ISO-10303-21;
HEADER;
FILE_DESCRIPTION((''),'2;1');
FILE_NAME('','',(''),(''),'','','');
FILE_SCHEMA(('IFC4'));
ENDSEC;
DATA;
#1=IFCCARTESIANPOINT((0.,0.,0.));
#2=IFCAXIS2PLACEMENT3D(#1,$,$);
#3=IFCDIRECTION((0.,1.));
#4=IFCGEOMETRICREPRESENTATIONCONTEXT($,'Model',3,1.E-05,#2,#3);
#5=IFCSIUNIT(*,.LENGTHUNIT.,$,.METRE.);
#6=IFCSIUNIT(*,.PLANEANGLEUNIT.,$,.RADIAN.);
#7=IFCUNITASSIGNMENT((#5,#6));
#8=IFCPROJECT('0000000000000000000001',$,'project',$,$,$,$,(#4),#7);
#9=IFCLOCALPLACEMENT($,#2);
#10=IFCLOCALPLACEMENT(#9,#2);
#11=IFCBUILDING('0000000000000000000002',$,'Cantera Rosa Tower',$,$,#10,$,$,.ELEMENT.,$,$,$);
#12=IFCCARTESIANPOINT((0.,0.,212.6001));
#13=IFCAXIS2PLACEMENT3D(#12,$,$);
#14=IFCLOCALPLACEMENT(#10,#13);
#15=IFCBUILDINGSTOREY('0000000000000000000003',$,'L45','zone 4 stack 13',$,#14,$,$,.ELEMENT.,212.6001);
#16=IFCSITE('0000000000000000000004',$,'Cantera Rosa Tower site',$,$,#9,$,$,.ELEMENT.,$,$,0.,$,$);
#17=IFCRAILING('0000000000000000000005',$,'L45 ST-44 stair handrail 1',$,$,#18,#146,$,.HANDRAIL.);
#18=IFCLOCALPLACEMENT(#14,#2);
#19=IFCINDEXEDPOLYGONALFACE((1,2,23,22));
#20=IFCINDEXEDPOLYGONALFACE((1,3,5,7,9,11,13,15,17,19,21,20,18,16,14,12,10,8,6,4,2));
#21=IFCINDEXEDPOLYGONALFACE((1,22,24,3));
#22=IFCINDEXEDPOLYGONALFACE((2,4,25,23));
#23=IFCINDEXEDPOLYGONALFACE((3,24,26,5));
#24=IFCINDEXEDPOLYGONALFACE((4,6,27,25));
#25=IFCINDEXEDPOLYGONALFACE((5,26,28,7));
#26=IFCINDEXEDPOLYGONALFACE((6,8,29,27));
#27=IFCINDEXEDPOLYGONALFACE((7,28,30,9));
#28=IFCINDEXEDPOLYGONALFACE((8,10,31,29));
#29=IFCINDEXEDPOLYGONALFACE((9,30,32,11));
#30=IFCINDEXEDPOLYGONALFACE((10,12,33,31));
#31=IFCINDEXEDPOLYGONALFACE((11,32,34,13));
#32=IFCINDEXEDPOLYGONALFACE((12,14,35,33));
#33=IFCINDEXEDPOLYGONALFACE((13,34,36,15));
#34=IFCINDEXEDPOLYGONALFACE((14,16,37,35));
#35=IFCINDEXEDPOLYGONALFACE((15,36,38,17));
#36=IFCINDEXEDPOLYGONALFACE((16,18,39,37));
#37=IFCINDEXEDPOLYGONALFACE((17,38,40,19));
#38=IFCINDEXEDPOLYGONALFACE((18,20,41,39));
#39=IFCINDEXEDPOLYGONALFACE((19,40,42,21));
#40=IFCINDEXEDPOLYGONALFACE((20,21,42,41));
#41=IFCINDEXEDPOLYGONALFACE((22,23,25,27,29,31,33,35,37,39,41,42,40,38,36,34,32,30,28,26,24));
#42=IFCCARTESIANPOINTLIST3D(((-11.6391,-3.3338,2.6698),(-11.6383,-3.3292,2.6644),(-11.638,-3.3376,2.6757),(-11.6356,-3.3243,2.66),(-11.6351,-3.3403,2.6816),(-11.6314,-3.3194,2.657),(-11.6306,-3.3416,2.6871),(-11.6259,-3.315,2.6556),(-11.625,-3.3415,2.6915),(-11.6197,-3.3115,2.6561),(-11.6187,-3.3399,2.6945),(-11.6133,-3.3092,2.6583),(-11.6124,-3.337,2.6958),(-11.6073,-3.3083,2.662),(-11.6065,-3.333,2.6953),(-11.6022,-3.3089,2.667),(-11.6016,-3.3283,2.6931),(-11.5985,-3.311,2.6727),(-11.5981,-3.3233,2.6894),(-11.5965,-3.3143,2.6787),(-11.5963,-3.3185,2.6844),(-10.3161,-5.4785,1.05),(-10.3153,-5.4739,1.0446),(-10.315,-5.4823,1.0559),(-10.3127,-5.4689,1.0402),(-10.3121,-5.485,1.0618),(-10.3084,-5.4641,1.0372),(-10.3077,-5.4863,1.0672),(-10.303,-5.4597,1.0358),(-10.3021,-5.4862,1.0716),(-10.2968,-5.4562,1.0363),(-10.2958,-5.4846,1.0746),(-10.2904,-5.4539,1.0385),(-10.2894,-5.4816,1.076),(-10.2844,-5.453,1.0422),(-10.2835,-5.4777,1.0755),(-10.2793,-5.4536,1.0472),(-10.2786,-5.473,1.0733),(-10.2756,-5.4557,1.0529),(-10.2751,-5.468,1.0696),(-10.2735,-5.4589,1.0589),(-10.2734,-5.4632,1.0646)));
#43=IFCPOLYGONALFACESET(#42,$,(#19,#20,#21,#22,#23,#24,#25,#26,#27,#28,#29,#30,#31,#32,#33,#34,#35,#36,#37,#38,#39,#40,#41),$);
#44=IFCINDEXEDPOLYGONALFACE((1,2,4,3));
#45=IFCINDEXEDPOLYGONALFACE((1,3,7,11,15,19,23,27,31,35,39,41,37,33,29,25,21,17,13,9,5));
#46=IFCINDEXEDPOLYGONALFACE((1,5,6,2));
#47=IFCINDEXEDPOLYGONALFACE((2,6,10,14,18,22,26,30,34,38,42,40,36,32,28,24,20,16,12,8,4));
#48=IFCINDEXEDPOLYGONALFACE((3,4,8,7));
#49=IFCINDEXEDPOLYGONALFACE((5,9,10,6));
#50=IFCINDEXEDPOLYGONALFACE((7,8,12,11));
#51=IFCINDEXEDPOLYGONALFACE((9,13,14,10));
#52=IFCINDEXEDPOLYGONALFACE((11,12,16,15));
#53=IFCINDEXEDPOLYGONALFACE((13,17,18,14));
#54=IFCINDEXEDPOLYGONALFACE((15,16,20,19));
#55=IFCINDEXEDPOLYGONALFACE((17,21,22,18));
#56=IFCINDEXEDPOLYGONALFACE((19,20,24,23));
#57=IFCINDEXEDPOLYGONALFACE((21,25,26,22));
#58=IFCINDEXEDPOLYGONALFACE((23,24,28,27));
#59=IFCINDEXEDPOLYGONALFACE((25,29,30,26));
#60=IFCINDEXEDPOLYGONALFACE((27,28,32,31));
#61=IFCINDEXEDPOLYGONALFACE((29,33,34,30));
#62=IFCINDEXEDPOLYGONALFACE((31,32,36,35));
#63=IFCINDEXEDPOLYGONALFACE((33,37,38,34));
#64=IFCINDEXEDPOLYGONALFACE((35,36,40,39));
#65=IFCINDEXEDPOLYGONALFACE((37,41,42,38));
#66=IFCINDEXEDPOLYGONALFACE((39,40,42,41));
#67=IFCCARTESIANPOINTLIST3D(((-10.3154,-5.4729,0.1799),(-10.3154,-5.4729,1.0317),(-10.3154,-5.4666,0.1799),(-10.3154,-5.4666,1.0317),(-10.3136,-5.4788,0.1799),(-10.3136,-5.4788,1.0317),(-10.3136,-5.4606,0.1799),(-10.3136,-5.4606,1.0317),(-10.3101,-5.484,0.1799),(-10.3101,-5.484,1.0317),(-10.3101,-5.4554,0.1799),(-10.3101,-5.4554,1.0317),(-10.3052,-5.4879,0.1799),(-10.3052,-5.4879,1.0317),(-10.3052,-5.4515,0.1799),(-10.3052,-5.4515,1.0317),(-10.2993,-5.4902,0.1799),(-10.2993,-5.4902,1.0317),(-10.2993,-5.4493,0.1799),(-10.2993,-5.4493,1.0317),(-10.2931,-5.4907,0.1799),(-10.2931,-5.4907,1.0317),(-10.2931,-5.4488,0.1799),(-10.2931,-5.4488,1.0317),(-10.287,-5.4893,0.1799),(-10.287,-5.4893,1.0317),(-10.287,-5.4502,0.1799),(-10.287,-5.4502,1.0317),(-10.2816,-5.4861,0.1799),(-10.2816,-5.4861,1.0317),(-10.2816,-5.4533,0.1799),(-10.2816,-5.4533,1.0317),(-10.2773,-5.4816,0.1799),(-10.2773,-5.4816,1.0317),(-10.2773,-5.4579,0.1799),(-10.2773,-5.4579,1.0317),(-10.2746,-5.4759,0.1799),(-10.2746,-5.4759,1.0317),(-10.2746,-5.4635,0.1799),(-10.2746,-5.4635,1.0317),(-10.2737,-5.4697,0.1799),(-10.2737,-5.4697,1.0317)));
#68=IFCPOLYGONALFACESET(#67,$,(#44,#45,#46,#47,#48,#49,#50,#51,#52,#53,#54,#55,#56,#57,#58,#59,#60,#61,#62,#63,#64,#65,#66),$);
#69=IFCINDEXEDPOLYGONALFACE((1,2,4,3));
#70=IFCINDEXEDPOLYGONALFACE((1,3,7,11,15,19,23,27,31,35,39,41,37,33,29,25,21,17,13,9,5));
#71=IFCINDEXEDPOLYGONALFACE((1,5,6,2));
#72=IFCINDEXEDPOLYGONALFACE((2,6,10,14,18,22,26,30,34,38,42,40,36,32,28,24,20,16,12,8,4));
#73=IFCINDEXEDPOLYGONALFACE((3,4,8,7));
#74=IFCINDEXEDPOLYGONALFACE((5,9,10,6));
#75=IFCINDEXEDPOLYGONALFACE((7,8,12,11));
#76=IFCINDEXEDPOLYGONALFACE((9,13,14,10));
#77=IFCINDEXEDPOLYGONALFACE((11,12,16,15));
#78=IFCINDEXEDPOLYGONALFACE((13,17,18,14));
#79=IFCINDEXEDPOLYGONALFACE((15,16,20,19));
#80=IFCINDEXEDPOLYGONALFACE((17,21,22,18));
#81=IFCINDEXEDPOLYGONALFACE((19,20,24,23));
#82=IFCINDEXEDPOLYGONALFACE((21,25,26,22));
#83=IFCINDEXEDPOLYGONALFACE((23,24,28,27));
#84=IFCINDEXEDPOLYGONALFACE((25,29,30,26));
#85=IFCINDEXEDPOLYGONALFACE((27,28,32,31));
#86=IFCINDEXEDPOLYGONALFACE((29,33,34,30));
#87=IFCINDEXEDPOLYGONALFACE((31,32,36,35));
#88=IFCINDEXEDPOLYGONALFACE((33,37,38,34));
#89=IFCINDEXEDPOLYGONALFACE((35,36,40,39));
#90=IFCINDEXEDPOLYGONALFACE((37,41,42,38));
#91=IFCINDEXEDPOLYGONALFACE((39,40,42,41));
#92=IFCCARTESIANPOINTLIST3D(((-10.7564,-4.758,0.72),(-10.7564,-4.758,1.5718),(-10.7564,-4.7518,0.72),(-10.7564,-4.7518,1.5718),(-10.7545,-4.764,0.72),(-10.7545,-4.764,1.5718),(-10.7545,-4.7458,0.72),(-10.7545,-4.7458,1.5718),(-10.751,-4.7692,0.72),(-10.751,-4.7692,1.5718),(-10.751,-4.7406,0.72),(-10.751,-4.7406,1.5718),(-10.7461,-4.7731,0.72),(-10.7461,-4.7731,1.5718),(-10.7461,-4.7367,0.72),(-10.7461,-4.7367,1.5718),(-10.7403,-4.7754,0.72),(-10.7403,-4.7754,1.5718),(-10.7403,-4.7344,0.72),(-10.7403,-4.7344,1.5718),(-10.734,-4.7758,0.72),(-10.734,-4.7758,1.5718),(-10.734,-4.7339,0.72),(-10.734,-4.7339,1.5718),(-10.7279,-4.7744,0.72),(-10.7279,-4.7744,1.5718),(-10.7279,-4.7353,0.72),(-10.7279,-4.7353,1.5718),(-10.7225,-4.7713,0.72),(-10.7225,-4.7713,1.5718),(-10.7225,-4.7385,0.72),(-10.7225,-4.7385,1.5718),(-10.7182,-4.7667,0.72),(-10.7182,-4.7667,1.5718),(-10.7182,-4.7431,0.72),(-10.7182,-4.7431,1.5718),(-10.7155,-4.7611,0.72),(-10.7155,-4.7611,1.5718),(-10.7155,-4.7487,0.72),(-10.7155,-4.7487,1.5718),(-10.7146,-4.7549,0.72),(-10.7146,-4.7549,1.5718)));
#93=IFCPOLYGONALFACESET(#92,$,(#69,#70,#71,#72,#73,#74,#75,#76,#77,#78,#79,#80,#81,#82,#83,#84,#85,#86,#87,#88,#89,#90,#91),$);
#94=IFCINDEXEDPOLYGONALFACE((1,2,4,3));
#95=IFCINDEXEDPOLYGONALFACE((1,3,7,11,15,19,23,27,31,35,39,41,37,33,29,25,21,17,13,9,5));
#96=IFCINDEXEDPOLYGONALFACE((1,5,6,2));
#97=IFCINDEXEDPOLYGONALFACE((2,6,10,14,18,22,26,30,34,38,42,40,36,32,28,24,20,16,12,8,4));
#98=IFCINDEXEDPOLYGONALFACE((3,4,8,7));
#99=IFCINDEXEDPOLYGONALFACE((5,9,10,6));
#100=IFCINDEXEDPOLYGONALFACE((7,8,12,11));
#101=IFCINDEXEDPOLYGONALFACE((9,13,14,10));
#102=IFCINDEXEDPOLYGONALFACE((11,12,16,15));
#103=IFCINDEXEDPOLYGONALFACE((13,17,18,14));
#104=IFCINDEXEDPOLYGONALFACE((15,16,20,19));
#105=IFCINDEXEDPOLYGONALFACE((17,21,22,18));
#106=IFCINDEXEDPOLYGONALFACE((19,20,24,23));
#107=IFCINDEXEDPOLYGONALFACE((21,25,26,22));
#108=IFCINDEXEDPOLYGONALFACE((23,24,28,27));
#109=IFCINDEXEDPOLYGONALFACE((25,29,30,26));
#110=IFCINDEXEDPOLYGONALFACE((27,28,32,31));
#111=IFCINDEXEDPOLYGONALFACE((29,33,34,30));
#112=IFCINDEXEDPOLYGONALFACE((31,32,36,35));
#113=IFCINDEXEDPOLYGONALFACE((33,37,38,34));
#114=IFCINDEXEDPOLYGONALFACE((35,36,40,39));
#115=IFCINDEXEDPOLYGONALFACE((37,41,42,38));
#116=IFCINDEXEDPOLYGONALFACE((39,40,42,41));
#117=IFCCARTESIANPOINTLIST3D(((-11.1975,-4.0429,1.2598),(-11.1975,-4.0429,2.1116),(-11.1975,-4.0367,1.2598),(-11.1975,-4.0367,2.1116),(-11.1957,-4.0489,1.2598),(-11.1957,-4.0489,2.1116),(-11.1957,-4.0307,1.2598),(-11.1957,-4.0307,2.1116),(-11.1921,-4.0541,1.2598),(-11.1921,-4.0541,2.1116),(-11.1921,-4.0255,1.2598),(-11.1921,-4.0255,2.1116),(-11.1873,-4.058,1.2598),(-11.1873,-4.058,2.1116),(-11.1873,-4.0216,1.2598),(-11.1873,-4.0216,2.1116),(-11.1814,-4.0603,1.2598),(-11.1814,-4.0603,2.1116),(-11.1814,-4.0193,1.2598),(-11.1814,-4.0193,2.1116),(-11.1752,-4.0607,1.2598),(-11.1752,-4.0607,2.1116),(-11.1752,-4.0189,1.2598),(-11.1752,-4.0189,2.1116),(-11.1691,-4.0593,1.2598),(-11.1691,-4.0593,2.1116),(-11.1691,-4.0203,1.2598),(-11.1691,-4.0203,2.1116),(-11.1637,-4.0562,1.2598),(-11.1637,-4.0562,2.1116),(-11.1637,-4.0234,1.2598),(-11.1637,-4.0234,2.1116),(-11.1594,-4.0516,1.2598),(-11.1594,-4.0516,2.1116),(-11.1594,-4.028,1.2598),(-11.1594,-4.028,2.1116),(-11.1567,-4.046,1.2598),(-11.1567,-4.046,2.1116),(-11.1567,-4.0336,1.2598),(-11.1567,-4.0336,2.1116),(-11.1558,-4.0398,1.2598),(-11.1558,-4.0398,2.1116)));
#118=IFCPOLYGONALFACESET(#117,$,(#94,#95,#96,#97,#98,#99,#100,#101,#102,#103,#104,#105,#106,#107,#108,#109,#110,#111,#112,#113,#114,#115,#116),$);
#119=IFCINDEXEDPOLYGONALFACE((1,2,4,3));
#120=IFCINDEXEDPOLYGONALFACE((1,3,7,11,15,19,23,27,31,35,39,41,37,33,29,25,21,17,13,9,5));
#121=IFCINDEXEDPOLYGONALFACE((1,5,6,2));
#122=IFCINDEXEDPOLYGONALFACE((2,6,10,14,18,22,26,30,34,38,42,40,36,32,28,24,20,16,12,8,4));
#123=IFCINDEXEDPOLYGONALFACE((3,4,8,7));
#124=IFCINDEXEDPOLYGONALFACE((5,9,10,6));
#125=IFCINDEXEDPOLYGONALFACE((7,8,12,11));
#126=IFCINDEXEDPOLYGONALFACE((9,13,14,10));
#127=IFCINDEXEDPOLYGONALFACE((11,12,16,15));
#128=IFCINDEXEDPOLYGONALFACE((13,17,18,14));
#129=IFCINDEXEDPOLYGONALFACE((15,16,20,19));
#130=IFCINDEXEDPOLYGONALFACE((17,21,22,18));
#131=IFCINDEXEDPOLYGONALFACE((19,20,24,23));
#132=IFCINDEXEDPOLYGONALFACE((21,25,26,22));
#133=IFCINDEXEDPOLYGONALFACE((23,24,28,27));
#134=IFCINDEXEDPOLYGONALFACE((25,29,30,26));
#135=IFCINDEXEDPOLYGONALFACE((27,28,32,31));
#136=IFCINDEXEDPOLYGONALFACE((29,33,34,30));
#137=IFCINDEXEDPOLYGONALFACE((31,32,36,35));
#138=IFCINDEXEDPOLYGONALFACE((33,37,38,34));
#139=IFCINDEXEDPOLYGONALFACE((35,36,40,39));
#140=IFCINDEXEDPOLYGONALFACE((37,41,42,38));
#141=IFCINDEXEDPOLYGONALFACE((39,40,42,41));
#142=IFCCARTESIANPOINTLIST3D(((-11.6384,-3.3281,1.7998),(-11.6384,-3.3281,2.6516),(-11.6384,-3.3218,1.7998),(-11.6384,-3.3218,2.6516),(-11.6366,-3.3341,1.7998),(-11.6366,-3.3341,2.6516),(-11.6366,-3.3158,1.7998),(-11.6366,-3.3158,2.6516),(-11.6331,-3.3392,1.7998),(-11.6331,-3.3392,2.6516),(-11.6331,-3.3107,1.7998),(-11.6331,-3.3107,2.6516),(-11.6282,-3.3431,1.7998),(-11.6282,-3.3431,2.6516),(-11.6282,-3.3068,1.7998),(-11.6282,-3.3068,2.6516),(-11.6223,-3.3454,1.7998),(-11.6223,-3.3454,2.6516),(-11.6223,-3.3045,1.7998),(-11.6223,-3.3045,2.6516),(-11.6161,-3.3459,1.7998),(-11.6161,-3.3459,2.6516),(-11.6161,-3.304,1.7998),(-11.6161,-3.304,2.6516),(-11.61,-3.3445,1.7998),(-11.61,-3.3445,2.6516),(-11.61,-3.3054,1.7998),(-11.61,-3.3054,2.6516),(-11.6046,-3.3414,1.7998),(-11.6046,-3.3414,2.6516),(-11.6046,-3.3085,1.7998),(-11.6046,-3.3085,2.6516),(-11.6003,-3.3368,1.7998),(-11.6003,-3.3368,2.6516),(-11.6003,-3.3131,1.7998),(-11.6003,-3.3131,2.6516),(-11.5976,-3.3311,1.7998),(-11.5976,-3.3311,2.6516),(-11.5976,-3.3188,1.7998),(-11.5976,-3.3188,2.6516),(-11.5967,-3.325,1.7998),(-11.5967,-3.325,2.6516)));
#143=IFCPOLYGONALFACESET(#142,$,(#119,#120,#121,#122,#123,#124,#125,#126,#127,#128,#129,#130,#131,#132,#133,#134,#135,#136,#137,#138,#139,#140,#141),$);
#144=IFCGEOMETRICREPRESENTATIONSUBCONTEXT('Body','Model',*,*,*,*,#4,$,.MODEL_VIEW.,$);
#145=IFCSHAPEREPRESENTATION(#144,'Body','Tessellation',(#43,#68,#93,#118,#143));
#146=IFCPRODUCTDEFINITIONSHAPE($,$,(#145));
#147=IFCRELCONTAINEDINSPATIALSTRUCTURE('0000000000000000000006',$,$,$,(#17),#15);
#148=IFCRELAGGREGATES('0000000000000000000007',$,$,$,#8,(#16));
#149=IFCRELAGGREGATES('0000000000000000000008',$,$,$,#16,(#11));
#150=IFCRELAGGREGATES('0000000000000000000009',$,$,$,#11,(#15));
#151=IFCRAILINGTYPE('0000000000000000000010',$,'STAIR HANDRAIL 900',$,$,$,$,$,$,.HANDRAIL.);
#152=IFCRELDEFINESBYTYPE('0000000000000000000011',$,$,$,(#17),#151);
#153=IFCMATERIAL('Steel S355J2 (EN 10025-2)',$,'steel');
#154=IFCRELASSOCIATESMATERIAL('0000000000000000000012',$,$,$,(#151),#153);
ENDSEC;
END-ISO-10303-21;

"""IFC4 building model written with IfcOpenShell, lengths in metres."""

from ifc_helpers import new_model, si_unit, direction, frame, origin, origin_2d, place, context, subcontext, project, spatial, circle, extrude, material, type_object, element, save


model = new_model("IFC4")

# Units and contexts
model_context = context("Model", 3, precision=1e-05, world=origin(), true_north=direction((0.0, 1.0)))
body_context = subcontext(model_context, "Body", "Model", "MODEL_VIEW")
ifc_project = project(units=[si_unit("LENGTHUNIT", "METRE"), si_unit("PLANEANGLEUNIT", "RADIAN")], contexts=[model_context])

# Site, building, storey
site_placement = place(None, origin())
site = spatial("IfcSite", under=ifc_project, at=site_placement, Name="Cantera Rosa Tower site", CompositionType="ELEMENT", RefElevation=0.0)
building_placement = place(site_placement, origin())
building = spatial("IfcBuilding", under=site, at=building_placement, Name="Cantera Rosa Tower", CompositionType="ELEMENT")
storey_placement = place(building_placement, frame((0.0, 0.0, 212.6001)))
storey = spatial("IfcBuildingStorey", under=building, at=storey_placement, Name="L45", Description="zone 4 stack 13", CompositionType="ELEMENT", Elevation=212.6001)

# Railing
ifc_material_1 = material(Name="Steel S355J2 (EN 10025-2)", Category="steel")
railing_type_1 = type_object("IfcRailingType", Name="STAIR HANDRAIL 900", PredefinedType="HANDRAIL", material=ifc_material_1)
railing_1_placement = place(storey_placement, frame((-10.2947, -5.4697, 0.1799)))
element("IfcRailing", 1, at=railing_1_placement, inside=storey, type_object=railing_type_1, Name="L45 ST-44 stair handrail 1", PredefinedType="HANDRAIL", context=body_context, shape_type="SweptSolid", body=[
    extrude(circle(Radius=0.0239, at=origin_2d()), frame((0.0, 0.0, 0.876), z_axis=(-0.441629, 0.715945, 0.540728), x_axis=(-0.851102, -0.525, 0.0)), (0.0, 0.0, 1.0), 2.9956),
    extrude(circle(Radius=0.021, at=origin_2d()), origin(), (0.0, 0.0, 1.0), 0.8518),
    extrude(circle(Radius=0.021, at=origin_2d()), frame((-0.4409, 0.7148, 0.54)), (0.0, 0.0, 1.0), 0.8518),
    extrude(circle(Radius=0.021, at=origin_2d()), frame((-0.8821, 1.4299, 1.0798)), (0.0, 0.0, 1.0), 0.8518),
    extrude(circle(Radius=0.021, at=origin_2d()), frame((-1.323, 2.1448, 1.6199)), (0.0, 0.0, 1.0), 0.8518),
])

save(model, "model.ifc")
